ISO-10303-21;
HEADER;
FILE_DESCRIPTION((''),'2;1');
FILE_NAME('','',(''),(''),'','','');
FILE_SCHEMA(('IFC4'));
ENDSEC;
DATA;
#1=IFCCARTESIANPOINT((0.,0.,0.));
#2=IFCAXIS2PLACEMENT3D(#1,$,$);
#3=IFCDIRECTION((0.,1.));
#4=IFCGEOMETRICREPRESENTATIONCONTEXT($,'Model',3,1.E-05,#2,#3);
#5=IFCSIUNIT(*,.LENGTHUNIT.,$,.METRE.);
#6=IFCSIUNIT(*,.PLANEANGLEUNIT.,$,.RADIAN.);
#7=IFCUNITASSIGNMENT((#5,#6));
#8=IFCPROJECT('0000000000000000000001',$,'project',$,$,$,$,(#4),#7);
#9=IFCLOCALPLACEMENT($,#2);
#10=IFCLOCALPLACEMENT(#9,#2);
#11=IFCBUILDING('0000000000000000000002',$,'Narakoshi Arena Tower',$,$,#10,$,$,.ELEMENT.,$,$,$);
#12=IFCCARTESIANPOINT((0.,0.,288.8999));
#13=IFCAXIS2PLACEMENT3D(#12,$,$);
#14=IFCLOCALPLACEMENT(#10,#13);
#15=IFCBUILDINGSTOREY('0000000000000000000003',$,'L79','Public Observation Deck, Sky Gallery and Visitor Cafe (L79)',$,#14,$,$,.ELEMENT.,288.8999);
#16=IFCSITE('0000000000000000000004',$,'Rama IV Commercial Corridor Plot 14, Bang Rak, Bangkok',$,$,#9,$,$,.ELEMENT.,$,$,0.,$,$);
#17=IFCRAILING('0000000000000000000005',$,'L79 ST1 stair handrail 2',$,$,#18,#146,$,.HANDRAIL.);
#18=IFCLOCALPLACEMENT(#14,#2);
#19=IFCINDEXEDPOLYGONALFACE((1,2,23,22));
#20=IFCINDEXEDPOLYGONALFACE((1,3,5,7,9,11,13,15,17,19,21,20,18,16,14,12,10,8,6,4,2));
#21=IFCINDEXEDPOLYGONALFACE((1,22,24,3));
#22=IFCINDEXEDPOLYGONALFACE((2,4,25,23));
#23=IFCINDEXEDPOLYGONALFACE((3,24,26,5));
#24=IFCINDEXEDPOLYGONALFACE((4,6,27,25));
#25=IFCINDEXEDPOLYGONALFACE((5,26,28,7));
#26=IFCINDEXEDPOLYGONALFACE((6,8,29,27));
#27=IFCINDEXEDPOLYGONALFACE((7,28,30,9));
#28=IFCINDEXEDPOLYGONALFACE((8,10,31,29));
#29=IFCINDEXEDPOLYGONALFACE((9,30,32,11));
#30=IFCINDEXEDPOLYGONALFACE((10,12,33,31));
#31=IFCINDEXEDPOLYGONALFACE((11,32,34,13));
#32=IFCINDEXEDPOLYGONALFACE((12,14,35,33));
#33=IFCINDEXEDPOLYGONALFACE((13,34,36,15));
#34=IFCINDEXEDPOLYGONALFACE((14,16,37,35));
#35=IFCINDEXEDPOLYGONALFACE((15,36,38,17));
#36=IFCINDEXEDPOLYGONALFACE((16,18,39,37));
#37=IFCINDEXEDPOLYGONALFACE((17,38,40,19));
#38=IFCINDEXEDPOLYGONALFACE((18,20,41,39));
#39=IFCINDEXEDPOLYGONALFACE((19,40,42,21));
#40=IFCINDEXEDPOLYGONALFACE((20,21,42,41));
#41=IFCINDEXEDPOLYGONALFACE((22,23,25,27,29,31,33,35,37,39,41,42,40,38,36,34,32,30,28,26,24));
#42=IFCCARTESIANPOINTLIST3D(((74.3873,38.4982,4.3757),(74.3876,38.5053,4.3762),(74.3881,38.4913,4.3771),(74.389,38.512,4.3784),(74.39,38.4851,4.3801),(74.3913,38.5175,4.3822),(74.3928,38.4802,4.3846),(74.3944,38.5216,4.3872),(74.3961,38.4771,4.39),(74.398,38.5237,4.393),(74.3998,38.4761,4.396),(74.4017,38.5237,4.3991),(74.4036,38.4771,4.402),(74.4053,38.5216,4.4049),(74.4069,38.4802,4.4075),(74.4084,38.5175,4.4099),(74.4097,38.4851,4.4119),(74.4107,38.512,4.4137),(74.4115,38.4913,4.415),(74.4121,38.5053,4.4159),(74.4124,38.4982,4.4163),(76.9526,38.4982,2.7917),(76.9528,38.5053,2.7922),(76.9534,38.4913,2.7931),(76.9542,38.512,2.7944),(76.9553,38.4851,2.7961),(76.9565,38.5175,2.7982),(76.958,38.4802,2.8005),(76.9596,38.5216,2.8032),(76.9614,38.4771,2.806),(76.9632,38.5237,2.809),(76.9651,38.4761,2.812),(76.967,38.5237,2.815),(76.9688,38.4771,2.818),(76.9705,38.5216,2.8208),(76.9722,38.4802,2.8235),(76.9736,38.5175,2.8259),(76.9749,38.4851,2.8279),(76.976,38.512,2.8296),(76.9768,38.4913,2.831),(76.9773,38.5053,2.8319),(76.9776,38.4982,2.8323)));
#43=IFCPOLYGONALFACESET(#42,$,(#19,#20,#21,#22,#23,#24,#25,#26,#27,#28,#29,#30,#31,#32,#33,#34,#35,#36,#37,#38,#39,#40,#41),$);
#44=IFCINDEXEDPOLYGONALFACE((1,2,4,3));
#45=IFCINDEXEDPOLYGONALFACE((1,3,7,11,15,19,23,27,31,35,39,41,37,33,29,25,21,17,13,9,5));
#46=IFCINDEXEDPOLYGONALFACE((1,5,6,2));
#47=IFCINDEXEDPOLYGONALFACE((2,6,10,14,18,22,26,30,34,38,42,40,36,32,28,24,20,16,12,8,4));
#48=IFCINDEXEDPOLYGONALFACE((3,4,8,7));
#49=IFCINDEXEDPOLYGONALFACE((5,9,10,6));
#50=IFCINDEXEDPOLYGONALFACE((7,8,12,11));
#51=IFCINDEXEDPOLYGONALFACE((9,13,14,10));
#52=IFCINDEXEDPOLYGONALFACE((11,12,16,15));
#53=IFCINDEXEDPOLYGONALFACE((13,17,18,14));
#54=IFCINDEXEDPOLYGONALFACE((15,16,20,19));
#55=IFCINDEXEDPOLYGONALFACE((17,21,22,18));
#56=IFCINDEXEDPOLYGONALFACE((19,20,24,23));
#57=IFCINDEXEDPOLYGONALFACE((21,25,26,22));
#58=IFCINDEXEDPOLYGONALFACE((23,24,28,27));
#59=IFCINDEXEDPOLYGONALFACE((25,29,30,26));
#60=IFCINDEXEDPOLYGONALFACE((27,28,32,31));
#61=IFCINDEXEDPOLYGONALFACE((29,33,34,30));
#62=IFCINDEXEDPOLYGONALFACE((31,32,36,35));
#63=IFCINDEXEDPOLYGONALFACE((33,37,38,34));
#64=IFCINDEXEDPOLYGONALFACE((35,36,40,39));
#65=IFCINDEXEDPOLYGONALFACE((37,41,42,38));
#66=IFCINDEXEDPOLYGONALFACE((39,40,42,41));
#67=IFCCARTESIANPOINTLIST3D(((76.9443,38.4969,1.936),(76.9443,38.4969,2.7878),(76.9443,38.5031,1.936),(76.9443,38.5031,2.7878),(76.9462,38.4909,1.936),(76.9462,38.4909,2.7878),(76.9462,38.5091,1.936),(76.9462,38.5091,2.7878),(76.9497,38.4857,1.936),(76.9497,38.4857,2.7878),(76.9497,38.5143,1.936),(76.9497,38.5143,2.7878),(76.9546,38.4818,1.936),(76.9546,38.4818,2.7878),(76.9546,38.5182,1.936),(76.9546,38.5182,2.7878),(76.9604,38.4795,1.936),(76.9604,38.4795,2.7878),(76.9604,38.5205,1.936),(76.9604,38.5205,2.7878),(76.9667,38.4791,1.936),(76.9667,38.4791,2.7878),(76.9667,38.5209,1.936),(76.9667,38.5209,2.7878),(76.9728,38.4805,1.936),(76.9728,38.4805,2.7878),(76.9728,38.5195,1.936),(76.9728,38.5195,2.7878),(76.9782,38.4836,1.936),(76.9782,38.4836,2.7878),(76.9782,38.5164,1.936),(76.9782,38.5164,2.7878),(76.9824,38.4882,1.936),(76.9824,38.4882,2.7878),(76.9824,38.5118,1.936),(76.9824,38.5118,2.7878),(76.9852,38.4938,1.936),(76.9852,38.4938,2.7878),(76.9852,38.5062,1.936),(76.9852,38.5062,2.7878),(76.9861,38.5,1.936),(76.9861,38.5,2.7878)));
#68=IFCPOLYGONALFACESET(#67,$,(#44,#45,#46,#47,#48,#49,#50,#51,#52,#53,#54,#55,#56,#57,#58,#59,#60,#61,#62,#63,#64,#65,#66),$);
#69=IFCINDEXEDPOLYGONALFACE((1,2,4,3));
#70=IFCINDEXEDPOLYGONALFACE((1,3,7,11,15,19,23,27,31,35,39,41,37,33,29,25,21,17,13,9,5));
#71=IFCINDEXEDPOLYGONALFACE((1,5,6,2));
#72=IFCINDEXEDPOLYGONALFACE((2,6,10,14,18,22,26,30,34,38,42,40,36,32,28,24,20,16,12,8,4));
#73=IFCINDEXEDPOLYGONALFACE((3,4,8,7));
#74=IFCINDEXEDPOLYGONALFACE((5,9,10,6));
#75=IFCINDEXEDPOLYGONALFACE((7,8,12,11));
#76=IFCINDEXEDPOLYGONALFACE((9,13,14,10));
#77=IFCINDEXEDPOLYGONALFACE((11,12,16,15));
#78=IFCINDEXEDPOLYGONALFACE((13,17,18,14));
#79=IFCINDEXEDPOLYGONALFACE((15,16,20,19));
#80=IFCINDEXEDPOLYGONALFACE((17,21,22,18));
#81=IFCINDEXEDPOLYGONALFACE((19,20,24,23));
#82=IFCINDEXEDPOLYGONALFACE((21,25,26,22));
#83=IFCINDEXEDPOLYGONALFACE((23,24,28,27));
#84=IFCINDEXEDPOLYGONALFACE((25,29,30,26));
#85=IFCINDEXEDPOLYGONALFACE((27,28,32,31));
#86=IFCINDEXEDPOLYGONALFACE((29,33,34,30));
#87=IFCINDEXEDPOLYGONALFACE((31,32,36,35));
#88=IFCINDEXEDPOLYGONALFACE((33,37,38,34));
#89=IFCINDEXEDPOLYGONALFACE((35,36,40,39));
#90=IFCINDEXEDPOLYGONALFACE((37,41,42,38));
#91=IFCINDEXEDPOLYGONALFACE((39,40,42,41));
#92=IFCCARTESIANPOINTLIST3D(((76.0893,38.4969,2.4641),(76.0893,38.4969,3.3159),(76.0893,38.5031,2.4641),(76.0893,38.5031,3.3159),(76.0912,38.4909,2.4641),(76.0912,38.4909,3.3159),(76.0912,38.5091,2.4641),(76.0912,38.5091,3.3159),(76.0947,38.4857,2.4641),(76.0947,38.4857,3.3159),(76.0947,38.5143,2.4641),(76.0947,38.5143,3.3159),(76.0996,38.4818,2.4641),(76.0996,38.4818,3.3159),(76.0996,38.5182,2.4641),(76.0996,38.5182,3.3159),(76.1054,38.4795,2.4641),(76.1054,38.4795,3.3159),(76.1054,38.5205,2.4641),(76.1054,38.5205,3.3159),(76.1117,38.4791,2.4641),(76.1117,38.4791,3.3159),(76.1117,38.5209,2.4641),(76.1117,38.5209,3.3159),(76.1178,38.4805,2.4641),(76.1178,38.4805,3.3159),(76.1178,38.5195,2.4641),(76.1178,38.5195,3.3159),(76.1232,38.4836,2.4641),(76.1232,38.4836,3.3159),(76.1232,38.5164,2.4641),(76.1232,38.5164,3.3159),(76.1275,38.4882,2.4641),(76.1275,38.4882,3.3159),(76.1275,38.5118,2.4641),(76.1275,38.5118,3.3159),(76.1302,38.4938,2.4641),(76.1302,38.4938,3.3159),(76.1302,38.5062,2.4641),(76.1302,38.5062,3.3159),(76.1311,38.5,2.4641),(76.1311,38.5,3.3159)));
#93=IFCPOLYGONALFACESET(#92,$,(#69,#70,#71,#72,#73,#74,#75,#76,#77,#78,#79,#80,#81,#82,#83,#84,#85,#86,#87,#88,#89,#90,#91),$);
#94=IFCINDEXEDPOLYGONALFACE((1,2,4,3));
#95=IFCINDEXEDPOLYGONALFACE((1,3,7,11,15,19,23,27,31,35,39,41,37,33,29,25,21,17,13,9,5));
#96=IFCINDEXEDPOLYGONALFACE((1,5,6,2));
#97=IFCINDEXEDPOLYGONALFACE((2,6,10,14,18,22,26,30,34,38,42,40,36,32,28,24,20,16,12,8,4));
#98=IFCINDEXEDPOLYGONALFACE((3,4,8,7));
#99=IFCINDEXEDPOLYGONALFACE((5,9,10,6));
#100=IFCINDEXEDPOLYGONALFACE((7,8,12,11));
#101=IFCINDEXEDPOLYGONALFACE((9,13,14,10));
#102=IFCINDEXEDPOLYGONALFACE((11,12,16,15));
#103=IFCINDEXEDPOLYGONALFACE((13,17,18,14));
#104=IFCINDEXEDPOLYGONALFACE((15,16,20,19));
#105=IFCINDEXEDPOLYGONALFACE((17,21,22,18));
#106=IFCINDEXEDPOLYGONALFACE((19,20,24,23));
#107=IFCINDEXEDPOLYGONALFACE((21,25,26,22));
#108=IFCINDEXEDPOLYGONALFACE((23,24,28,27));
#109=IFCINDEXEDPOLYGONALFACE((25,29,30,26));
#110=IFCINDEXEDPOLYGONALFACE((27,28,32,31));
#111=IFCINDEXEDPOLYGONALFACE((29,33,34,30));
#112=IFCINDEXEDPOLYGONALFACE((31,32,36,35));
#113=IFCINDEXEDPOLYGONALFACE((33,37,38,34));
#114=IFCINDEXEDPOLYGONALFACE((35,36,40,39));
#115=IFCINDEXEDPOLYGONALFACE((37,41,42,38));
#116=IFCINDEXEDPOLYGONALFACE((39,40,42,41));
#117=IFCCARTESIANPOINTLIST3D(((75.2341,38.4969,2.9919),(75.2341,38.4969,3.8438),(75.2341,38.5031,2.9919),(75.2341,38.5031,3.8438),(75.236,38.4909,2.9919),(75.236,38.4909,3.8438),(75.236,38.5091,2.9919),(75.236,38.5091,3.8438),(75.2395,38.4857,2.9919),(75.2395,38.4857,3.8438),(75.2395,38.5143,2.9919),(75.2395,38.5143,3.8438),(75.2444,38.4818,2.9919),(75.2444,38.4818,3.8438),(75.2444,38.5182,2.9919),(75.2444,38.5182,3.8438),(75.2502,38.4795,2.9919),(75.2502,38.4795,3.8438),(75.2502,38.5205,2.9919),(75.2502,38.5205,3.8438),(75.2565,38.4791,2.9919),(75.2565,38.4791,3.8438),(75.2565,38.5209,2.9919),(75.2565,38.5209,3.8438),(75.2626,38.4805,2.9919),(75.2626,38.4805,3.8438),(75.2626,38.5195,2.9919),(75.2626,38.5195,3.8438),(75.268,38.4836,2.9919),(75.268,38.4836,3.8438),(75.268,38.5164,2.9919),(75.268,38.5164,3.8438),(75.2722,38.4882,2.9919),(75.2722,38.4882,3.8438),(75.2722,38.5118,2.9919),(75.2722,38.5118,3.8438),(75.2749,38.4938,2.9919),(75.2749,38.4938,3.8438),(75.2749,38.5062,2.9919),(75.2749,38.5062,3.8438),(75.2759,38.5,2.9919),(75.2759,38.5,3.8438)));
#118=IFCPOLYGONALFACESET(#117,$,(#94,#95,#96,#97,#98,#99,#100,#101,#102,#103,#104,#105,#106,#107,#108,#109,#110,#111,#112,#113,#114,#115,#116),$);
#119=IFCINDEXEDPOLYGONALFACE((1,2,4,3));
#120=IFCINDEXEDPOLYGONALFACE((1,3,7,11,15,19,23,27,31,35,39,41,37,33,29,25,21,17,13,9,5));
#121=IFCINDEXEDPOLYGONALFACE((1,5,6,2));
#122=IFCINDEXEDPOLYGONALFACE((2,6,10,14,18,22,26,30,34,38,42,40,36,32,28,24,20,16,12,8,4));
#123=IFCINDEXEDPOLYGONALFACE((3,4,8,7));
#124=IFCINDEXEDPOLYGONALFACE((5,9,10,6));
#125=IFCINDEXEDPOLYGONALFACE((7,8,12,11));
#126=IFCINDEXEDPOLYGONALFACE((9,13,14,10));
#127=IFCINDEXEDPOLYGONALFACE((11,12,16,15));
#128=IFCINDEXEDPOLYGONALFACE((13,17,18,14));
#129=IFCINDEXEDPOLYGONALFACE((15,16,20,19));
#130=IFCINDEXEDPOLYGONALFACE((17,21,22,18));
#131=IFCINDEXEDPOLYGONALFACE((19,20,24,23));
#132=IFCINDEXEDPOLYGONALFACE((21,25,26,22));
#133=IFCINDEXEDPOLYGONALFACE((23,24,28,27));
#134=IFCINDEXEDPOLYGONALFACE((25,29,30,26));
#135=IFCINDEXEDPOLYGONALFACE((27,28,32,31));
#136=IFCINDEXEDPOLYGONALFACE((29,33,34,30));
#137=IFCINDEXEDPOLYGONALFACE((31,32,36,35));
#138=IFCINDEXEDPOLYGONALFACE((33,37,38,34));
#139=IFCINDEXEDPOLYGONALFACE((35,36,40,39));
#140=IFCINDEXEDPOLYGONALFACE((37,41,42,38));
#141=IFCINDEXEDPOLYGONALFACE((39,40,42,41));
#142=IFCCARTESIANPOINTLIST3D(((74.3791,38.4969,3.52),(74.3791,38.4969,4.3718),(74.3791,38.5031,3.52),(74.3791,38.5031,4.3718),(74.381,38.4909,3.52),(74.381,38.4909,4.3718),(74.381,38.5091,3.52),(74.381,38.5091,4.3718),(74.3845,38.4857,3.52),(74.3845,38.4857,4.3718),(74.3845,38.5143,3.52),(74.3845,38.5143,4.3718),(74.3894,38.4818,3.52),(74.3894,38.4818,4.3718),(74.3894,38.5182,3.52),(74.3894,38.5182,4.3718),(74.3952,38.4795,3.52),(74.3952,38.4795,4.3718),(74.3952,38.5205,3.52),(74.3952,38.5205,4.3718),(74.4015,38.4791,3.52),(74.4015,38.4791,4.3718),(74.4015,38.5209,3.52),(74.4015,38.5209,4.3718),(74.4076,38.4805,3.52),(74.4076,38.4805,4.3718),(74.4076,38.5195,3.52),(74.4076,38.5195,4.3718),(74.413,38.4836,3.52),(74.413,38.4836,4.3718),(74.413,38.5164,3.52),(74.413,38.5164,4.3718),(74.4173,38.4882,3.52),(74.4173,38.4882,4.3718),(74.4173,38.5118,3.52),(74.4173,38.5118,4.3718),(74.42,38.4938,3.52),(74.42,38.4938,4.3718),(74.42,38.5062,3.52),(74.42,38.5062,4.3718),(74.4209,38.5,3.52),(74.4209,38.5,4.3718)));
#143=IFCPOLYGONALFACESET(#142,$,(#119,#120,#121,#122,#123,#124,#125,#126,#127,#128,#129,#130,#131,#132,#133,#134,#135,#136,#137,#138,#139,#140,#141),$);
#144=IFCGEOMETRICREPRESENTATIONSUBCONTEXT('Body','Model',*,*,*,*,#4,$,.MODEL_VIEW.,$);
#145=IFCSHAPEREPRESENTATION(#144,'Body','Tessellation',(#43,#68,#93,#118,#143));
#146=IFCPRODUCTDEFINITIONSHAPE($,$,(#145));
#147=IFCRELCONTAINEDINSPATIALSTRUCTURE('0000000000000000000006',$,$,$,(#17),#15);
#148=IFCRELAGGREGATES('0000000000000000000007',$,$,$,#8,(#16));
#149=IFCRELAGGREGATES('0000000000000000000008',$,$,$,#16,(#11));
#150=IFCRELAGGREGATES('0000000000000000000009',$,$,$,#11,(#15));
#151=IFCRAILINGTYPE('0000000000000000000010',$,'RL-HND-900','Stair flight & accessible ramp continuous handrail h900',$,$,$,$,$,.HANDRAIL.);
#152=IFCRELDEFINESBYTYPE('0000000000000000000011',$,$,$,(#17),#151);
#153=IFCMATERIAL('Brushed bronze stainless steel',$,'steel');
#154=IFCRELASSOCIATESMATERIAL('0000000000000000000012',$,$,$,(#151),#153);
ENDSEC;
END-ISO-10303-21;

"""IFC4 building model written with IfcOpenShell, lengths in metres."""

from ifc_helpers import new_model, si_unit, direction, frame, origin, origin_2d, place, context, subcontext, project, spatial, circle, extrude, material, type_object, element, save


model = new_model("IFC4")

# Units and contexts
model_context = context("Model", 3, precision=1e-05, world=origin(), true_north=direction((0.0, 1.0)))
body_context = subcontext(model_context, "Body", "Model", "MODEL_VIEW")
ifc_project = project(units=[si_unit("LENGTHUNIT", "METRE"), si_unit("PLANEANGLEUNIT", "RADIAN")], contexts=[model_context])

# Site, building, storey
site_placement = place(None, origin())
site = spatial("IfcSite", under=ifc_project, at=site_placement, Name="Rama IV Commercial Corridor Plot 14, Bang Rak, Bangkok", CompositionType="ELEMENT", RefElevation=0.0)
building_placement = place(site_placement, origin())
building = spatial("IfcBuilding", under=site, at=building_placement, Name="Narakoshi Arena Tower", CompositionType="ELEMENT")
storey_placement = place(building_placement, frame((0.0, 0.0, 288.8999)))
storey = spatial("IfcBuildingStorey", under=building, at=storey_placement, Name="L79", Description="Public Observation Deck, Sky Gallery and Visitor Cafe (L79)", CompositionType="ELEMENT", Elevation=288.8999)

# Railing
ifc_material_1 = material(Name="Brushed bronze stainless steel", Category="steel")
railing_type_1 = type_object("IfcRailingType", Name="RL-HND-900", Description="Stair flight & accessible ramp continuous handrail h900", PredefinedType="HANDRAIL", material=ifc_material_1)
railing_1_placement = place(storey_placement, frame((76.9651, 38.5, 1.936)))
element("IfcRailing", 1, at=railing_1_placement, inside=storey, type_object=railing_type_1, Name="L79 ST1 stair handrail 2", PredefinedType="HANDRAIL", context=body_context, shape_type="SweptSolid", body=[
    extrude(circle(Radius=0.0239, at=origin_2d()), frame((0.0, 0.0, 0.876), z_axis=(-0.850857, 0.0, 0.525398), x_axis=(0.0, -1.0, 0.0)), (0.0, 0.0, 1.0), 3.0149),
    extrude(circle(Radius=0.021, at=origin_2d()), origin(), (0.0, 0.0, 1.0), 0.8518),
    extrude(circle(Radius=0.021, at=origin_2d()), frame((-0.855, 0.0, 0.5281)), (0.0, 0.0, 1.0), 0.8518),
    extrude(circle(Radius=0.021, at=origin_2d()), frame((-1.7102, 0.0, 1.0559)), (0.0, 0.0, 1.0), 0.8518),
    extrude(circle(Radius=0.021, at=origin_2d()), frame((-2.5652, 0.0, 1.584)), (0.0, 0.0, 1.0), 0.8518),
])

save(model, "model.ifc")
